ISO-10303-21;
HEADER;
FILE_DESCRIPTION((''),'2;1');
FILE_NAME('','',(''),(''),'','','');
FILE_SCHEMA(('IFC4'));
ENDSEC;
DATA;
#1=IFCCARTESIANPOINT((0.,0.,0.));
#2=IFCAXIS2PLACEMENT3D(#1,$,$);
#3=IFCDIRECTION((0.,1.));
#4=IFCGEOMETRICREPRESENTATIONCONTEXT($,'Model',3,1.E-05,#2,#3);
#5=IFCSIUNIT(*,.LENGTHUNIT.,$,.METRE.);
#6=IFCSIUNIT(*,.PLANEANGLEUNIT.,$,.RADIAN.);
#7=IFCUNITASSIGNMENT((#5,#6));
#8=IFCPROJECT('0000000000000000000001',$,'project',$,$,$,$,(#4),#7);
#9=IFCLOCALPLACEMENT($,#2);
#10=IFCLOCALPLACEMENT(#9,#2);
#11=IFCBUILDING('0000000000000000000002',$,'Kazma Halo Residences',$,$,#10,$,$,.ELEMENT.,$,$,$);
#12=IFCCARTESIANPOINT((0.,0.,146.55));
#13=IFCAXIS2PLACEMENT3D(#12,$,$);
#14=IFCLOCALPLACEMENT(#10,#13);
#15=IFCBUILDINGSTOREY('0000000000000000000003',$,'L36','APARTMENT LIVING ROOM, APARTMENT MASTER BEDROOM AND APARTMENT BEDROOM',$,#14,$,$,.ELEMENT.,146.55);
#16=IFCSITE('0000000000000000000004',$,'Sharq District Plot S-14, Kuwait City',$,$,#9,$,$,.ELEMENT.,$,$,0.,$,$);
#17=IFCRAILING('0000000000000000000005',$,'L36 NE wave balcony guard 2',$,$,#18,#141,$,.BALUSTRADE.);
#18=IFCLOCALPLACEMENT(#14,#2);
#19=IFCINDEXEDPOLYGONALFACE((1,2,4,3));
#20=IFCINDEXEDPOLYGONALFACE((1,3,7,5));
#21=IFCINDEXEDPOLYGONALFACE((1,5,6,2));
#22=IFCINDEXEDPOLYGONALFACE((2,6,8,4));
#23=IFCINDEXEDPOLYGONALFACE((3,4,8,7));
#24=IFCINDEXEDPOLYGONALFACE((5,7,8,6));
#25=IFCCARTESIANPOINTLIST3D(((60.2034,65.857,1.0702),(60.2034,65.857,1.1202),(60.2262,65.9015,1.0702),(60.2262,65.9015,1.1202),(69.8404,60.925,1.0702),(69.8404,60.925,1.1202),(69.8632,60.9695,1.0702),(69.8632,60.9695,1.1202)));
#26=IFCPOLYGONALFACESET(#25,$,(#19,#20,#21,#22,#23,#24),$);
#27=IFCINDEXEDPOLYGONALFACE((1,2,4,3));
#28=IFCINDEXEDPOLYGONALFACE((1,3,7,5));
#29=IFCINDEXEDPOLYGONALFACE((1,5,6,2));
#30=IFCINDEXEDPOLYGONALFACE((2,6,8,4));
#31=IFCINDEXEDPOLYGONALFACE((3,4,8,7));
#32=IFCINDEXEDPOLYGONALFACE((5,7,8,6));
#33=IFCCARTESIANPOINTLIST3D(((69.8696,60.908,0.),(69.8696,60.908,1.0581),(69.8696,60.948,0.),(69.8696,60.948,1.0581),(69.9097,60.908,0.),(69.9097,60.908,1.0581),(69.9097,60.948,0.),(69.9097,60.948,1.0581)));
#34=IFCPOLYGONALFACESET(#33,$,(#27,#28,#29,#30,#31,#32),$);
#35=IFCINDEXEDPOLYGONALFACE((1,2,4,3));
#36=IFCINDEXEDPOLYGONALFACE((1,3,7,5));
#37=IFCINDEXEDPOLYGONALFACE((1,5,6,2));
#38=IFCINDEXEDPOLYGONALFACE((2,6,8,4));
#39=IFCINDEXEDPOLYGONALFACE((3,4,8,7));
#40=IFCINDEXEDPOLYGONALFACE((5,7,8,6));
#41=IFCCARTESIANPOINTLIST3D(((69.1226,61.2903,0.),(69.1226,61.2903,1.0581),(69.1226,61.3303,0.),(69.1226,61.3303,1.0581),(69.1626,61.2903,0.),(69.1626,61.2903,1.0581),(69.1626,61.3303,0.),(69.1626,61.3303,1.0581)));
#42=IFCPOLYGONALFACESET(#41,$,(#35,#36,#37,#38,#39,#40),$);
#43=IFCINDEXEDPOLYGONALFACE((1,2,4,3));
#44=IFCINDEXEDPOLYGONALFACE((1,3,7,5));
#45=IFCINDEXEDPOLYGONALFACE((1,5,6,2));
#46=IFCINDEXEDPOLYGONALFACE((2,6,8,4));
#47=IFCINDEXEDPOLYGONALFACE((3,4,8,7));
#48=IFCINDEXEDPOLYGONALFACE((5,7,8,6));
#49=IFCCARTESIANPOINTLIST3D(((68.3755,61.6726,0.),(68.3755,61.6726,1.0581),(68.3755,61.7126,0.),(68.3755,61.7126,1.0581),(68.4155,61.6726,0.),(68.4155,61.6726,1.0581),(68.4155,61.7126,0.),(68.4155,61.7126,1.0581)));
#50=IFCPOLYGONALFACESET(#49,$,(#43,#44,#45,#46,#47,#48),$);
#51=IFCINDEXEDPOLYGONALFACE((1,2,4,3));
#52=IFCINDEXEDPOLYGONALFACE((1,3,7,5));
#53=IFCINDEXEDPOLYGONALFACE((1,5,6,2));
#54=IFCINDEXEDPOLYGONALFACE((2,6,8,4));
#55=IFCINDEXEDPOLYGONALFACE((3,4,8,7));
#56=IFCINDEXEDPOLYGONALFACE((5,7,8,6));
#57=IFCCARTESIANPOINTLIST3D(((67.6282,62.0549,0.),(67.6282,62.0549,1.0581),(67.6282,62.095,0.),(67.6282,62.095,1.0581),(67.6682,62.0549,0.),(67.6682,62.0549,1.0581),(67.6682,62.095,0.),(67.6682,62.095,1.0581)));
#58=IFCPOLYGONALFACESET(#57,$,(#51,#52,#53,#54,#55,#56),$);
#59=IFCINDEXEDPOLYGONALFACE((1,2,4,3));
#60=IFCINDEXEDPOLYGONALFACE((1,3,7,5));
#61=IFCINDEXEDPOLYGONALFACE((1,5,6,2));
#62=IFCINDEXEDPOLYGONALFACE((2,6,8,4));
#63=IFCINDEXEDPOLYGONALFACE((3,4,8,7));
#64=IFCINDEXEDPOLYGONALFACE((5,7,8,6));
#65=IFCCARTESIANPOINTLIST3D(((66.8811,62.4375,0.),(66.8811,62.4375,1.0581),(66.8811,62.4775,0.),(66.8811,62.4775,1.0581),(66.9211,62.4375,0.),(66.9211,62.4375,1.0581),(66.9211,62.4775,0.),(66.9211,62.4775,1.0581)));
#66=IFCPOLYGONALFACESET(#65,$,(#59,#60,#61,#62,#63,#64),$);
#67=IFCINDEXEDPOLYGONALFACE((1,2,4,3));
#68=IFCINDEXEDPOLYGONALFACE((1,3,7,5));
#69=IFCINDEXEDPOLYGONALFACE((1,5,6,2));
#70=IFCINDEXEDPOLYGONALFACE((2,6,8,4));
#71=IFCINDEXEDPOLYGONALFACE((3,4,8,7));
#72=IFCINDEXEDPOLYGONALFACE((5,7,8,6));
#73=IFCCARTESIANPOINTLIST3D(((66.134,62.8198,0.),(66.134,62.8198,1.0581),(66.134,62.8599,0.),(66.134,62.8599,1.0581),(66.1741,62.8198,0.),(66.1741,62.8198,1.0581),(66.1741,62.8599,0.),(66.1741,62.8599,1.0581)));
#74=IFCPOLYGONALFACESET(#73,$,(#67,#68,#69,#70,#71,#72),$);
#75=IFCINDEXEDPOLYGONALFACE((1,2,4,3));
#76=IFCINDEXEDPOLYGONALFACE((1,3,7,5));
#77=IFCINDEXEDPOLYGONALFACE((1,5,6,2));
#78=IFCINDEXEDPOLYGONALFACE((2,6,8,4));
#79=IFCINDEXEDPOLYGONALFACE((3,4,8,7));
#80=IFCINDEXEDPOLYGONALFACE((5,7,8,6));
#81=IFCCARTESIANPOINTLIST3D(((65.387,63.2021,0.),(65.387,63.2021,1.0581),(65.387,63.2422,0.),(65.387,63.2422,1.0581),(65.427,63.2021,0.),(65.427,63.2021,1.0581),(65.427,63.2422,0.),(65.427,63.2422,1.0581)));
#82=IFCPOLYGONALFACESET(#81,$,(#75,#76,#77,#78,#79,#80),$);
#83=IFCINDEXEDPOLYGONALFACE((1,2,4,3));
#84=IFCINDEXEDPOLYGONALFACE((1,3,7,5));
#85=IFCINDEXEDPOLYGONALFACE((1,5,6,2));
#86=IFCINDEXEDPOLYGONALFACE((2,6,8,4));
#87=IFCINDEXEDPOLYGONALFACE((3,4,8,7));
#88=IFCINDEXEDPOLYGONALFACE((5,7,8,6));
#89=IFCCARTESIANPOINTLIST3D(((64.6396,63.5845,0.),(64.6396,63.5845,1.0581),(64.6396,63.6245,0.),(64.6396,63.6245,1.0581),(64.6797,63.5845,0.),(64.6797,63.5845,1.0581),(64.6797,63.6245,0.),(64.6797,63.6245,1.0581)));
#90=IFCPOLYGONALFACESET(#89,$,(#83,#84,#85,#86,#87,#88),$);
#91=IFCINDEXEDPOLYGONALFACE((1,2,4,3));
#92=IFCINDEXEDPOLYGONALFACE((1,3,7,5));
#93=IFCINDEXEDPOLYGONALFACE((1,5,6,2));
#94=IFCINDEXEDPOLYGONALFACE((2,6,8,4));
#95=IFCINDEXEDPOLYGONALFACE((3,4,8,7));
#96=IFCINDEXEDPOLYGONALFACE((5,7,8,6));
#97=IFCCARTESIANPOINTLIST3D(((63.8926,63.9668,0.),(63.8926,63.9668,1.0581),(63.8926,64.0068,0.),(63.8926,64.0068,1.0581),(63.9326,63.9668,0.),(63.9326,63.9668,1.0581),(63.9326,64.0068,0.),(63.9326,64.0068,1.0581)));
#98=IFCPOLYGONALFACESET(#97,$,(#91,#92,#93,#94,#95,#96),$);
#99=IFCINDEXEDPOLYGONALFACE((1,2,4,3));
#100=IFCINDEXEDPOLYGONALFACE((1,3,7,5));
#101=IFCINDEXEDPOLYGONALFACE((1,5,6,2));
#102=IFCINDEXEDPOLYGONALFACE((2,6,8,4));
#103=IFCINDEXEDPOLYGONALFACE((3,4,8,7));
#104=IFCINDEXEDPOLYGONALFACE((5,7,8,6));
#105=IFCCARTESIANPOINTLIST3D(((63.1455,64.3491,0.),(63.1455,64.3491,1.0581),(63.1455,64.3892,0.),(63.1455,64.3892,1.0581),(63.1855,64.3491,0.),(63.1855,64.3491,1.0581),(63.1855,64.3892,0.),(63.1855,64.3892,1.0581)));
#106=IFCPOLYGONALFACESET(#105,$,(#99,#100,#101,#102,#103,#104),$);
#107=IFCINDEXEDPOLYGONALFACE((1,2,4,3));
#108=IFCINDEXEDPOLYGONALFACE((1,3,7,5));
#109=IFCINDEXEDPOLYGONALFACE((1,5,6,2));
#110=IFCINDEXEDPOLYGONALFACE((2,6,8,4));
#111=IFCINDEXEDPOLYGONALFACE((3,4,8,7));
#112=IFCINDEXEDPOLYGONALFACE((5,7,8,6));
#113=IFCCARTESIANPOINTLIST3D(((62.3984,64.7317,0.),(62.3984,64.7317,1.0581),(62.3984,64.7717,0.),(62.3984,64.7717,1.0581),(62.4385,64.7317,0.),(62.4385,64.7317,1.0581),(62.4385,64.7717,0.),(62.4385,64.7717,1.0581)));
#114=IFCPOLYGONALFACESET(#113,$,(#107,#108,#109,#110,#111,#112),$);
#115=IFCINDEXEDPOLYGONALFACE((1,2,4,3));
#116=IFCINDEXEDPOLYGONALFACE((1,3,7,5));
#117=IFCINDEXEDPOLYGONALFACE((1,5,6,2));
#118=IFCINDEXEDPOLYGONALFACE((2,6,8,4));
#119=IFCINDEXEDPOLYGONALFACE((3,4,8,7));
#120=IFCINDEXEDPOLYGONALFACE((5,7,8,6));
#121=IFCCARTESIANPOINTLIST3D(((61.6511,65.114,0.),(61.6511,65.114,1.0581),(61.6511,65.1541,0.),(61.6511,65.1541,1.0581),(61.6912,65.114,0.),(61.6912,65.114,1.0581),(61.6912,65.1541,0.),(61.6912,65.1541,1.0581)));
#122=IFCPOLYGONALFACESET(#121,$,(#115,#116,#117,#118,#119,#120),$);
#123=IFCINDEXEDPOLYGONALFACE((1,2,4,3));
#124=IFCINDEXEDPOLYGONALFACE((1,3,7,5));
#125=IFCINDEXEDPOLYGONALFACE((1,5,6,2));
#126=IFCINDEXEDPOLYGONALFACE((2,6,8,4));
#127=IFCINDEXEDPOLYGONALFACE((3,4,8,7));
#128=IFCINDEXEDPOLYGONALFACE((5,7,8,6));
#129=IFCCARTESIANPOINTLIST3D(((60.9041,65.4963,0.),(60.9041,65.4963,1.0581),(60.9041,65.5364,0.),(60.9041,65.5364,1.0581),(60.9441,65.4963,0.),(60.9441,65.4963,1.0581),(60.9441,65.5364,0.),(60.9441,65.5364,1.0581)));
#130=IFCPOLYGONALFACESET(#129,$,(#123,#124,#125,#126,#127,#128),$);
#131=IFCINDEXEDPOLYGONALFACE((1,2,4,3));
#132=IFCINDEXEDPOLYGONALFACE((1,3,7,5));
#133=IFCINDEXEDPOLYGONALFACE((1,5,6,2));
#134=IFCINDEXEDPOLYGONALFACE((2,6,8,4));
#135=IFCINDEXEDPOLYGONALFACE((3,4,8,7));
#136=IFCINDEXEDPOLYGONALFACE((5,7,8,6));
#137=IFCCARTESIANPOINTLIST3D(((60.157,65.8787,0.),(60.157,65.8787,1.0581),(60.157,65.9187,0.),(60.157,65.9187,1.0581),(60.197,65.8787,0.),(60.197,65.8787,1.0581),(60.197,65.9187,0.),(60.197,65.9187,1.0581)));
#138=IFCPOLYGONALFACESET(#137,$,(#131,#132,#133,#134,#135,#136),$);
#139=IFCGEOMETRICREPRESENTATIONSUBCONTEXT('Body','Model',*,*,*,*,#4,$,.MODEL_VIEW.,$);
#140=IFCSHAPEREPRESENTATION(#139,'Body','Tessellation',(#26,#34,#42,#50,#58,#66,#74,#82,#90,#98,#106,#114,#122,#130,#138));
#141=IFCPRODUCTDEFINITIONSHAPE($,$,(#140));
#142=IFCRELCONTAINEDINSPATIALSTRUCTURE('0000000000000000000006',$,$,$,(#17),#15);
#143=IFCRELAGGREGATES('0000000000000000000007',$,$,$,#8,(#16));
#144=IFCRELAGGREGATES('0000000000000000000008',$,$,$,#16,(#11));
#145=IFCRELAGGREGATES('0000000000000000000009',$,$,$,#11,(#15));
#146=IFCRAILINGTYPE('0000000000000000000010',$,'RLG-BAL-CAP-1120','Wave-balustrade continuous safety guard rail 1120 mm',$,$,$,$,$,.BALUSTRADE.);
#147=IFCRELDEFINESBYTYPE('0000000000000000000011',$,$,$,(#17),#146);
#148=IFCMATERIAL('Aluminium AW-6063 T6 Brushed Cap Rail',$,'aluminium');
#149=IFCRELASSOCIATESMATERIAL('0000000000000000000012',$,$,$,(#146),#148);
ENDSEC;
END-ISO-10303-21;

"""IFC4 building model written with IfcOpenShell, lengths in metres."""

from ifc_helpers import new_model, si_unit, direction, frame, origin, origin_2d, place, context, subcontext, project, spatial, rectangle, extrude, material, type_object, element, save


model = new_model("IFC4")

# Units and contexts
model_context = context("Model", 3, precision=1e-05, world=origin(), true_north=direction((0.0, 1.0)))
body_context = subcontext(model_context, "Body", "Model", "MODEL_VIEW")
ifc_project = project(units=[si_unit("LENGTHUNIT", "METRE"), si_unit("PLANEANGLEUNIT", "RADIAN")], contexts=[model_context])

# Site, building, storey
site_placement = place(None, origin())
site = spatial("IfcSite", under=ifc_project, at=site_placement, Name="Sharq District Plot S-14, Kuwait City", CompositionType="ELEMENT", RefElevation=0.0)
building_placement = place(site_placement, origin())
building = spatial("IfcBuilding", under=site, at=building_placement, Name="Kazma Halo Residences", CompositionType="ELEMENT")
storey_placement = place(building_placement, frame((0.0, 0.0, 146.55)))
storey = spatial("IfcBuildingStorey", under=building, at=storey_placement, Name="L36", Description="APARTMENT LIVING ROOM, APARTMENT MASTER BEDROOM AND APARTMENT BEDROOM", CompositionType="ELEMENT", Elevation=146.55)

# Railing
ifc_material_1 = material(Name="Aluminium AW-6063 T6 Brushed Cap Rail", Category="aluminium")
railing_type = type_object("IfcRailingType", Name="RLG-BAL-CAP-1120", Description="Wave-balustrade continuous safety guard rail 1120 mm", PredefinedType="BALUSTRADE", material=ifc_material_1)
railing_1_placement = place(storey_placement, frame((69.8896, 60.928, 0.0)))
element("IfcRailing", 1, at=railing_1_placement, inside=storey, type_object=railing_type, Name="L36 NE wave balcony guard 2", PredefinedType="BALUSTRADE", context=body_context, shape_type="SweptSolid", body=[
    extrude(rectangle(XDim=0.05, YDim=0.05, at=origin_2d()), frame((-0.0378, 0.0193, 1.0952), z_axis=(-0.890195, 0.455581, 0.0), x_axis=(-0.455581, -0.890195, 0.0)), (0.0, 0.0, 1.0), 10.8257),
    extrude(rectangle(XDim=0.04, YDim=0.04, at=origin_2d()), origin(), (0.0, 0.0, 1.0), 1.0581),
    extrude(rectangle(XDim=0.04, YDim=0.04, at=origin_2d()), frame((-0.7471, 0.3823, 0.0)), (0.0, 0.0, 1.0), 1.0581),
    extrude(rectangle(XDim=0.04, YDim=0.04, at=origin_2d()), frame((-1.4941, 0.7646, 0.0)), (0.0, 0.0, 1.0), 1.0581),
    extrude(rectangle(XDim=0.04, YDim=0.04, at=origin_2d()), frame((-2.2415, 1.147, 0.0)), (0.0, 0.0, 1.0), 1.0581),
    extrude(rectangle(XDim=0.04, YDim=0.04, at=origin_2d()), frame((-2.9885, 1.5295, 0.0)), (0.0, 0.0, 1.0), 1.0581),
    extrude(rectangle(XDim=0.04, YDim=0.04, at=origin_2d()), frame((-3.7356, 1.9119, 0.0)), (0.0, 0.0, 1.0), 1.0581),
    extrude(rectangle(XDim=0.04, YDim=0.04, at=origin_2d()), frame((-4.4827, 2.2942, 0.0)), (0.0, 0.0, 1.0), 1.0581),
    extrude(rectangle(XDim=0.04, YDim=0.04, at=origin_2d()), frame((-5.23, 2.6765, 0.0)), (0.0, 0.0, 1.0), 1.0581),
    extrude(rectangle(XDim=0.04, YDim=0.04, at=origin_2d()), frame((-5.9771, 3.0588, 0.0)), (0.0, 0.0, 1.0), 1.0581),
    extrude(rectangle(XDim=0.04, YDim=0.04, at=origin_2d()), frame((-6.7241, 3.4412, 0.0)), (0.0, 0.0, 1.0), 1.0581),
    extrude(rectangle(XDim=0.04, YDim=0.04, at=origin_2d()), frame((-7.4712, 3.8237, 0.0)), (0.0, 0.0, 1.0), 1.0581),
    extrude(rectangle(XDim=0.04, YDim=0.04, at=origin_2d()), frame((-8.2185, 4.2061, 0.0)), (0.0, 0.0, 1.0), 1.0581),
    extrude(rectangle(XDim=0.04, YDim=0.04, at=origin_2d()), frame((-8.9656, 4.5884, 0.0)), (0.0, 0.0, 1.0), 1.0581),
    extrude(rectangle(XDim=0.04, YDim=0.04, at=origin_2d()), frame((-9.7126, 4.9707, 0.0)), (0.0, 0.0, 1.0), 1.0581),
])

save(model, "model.ifc")
